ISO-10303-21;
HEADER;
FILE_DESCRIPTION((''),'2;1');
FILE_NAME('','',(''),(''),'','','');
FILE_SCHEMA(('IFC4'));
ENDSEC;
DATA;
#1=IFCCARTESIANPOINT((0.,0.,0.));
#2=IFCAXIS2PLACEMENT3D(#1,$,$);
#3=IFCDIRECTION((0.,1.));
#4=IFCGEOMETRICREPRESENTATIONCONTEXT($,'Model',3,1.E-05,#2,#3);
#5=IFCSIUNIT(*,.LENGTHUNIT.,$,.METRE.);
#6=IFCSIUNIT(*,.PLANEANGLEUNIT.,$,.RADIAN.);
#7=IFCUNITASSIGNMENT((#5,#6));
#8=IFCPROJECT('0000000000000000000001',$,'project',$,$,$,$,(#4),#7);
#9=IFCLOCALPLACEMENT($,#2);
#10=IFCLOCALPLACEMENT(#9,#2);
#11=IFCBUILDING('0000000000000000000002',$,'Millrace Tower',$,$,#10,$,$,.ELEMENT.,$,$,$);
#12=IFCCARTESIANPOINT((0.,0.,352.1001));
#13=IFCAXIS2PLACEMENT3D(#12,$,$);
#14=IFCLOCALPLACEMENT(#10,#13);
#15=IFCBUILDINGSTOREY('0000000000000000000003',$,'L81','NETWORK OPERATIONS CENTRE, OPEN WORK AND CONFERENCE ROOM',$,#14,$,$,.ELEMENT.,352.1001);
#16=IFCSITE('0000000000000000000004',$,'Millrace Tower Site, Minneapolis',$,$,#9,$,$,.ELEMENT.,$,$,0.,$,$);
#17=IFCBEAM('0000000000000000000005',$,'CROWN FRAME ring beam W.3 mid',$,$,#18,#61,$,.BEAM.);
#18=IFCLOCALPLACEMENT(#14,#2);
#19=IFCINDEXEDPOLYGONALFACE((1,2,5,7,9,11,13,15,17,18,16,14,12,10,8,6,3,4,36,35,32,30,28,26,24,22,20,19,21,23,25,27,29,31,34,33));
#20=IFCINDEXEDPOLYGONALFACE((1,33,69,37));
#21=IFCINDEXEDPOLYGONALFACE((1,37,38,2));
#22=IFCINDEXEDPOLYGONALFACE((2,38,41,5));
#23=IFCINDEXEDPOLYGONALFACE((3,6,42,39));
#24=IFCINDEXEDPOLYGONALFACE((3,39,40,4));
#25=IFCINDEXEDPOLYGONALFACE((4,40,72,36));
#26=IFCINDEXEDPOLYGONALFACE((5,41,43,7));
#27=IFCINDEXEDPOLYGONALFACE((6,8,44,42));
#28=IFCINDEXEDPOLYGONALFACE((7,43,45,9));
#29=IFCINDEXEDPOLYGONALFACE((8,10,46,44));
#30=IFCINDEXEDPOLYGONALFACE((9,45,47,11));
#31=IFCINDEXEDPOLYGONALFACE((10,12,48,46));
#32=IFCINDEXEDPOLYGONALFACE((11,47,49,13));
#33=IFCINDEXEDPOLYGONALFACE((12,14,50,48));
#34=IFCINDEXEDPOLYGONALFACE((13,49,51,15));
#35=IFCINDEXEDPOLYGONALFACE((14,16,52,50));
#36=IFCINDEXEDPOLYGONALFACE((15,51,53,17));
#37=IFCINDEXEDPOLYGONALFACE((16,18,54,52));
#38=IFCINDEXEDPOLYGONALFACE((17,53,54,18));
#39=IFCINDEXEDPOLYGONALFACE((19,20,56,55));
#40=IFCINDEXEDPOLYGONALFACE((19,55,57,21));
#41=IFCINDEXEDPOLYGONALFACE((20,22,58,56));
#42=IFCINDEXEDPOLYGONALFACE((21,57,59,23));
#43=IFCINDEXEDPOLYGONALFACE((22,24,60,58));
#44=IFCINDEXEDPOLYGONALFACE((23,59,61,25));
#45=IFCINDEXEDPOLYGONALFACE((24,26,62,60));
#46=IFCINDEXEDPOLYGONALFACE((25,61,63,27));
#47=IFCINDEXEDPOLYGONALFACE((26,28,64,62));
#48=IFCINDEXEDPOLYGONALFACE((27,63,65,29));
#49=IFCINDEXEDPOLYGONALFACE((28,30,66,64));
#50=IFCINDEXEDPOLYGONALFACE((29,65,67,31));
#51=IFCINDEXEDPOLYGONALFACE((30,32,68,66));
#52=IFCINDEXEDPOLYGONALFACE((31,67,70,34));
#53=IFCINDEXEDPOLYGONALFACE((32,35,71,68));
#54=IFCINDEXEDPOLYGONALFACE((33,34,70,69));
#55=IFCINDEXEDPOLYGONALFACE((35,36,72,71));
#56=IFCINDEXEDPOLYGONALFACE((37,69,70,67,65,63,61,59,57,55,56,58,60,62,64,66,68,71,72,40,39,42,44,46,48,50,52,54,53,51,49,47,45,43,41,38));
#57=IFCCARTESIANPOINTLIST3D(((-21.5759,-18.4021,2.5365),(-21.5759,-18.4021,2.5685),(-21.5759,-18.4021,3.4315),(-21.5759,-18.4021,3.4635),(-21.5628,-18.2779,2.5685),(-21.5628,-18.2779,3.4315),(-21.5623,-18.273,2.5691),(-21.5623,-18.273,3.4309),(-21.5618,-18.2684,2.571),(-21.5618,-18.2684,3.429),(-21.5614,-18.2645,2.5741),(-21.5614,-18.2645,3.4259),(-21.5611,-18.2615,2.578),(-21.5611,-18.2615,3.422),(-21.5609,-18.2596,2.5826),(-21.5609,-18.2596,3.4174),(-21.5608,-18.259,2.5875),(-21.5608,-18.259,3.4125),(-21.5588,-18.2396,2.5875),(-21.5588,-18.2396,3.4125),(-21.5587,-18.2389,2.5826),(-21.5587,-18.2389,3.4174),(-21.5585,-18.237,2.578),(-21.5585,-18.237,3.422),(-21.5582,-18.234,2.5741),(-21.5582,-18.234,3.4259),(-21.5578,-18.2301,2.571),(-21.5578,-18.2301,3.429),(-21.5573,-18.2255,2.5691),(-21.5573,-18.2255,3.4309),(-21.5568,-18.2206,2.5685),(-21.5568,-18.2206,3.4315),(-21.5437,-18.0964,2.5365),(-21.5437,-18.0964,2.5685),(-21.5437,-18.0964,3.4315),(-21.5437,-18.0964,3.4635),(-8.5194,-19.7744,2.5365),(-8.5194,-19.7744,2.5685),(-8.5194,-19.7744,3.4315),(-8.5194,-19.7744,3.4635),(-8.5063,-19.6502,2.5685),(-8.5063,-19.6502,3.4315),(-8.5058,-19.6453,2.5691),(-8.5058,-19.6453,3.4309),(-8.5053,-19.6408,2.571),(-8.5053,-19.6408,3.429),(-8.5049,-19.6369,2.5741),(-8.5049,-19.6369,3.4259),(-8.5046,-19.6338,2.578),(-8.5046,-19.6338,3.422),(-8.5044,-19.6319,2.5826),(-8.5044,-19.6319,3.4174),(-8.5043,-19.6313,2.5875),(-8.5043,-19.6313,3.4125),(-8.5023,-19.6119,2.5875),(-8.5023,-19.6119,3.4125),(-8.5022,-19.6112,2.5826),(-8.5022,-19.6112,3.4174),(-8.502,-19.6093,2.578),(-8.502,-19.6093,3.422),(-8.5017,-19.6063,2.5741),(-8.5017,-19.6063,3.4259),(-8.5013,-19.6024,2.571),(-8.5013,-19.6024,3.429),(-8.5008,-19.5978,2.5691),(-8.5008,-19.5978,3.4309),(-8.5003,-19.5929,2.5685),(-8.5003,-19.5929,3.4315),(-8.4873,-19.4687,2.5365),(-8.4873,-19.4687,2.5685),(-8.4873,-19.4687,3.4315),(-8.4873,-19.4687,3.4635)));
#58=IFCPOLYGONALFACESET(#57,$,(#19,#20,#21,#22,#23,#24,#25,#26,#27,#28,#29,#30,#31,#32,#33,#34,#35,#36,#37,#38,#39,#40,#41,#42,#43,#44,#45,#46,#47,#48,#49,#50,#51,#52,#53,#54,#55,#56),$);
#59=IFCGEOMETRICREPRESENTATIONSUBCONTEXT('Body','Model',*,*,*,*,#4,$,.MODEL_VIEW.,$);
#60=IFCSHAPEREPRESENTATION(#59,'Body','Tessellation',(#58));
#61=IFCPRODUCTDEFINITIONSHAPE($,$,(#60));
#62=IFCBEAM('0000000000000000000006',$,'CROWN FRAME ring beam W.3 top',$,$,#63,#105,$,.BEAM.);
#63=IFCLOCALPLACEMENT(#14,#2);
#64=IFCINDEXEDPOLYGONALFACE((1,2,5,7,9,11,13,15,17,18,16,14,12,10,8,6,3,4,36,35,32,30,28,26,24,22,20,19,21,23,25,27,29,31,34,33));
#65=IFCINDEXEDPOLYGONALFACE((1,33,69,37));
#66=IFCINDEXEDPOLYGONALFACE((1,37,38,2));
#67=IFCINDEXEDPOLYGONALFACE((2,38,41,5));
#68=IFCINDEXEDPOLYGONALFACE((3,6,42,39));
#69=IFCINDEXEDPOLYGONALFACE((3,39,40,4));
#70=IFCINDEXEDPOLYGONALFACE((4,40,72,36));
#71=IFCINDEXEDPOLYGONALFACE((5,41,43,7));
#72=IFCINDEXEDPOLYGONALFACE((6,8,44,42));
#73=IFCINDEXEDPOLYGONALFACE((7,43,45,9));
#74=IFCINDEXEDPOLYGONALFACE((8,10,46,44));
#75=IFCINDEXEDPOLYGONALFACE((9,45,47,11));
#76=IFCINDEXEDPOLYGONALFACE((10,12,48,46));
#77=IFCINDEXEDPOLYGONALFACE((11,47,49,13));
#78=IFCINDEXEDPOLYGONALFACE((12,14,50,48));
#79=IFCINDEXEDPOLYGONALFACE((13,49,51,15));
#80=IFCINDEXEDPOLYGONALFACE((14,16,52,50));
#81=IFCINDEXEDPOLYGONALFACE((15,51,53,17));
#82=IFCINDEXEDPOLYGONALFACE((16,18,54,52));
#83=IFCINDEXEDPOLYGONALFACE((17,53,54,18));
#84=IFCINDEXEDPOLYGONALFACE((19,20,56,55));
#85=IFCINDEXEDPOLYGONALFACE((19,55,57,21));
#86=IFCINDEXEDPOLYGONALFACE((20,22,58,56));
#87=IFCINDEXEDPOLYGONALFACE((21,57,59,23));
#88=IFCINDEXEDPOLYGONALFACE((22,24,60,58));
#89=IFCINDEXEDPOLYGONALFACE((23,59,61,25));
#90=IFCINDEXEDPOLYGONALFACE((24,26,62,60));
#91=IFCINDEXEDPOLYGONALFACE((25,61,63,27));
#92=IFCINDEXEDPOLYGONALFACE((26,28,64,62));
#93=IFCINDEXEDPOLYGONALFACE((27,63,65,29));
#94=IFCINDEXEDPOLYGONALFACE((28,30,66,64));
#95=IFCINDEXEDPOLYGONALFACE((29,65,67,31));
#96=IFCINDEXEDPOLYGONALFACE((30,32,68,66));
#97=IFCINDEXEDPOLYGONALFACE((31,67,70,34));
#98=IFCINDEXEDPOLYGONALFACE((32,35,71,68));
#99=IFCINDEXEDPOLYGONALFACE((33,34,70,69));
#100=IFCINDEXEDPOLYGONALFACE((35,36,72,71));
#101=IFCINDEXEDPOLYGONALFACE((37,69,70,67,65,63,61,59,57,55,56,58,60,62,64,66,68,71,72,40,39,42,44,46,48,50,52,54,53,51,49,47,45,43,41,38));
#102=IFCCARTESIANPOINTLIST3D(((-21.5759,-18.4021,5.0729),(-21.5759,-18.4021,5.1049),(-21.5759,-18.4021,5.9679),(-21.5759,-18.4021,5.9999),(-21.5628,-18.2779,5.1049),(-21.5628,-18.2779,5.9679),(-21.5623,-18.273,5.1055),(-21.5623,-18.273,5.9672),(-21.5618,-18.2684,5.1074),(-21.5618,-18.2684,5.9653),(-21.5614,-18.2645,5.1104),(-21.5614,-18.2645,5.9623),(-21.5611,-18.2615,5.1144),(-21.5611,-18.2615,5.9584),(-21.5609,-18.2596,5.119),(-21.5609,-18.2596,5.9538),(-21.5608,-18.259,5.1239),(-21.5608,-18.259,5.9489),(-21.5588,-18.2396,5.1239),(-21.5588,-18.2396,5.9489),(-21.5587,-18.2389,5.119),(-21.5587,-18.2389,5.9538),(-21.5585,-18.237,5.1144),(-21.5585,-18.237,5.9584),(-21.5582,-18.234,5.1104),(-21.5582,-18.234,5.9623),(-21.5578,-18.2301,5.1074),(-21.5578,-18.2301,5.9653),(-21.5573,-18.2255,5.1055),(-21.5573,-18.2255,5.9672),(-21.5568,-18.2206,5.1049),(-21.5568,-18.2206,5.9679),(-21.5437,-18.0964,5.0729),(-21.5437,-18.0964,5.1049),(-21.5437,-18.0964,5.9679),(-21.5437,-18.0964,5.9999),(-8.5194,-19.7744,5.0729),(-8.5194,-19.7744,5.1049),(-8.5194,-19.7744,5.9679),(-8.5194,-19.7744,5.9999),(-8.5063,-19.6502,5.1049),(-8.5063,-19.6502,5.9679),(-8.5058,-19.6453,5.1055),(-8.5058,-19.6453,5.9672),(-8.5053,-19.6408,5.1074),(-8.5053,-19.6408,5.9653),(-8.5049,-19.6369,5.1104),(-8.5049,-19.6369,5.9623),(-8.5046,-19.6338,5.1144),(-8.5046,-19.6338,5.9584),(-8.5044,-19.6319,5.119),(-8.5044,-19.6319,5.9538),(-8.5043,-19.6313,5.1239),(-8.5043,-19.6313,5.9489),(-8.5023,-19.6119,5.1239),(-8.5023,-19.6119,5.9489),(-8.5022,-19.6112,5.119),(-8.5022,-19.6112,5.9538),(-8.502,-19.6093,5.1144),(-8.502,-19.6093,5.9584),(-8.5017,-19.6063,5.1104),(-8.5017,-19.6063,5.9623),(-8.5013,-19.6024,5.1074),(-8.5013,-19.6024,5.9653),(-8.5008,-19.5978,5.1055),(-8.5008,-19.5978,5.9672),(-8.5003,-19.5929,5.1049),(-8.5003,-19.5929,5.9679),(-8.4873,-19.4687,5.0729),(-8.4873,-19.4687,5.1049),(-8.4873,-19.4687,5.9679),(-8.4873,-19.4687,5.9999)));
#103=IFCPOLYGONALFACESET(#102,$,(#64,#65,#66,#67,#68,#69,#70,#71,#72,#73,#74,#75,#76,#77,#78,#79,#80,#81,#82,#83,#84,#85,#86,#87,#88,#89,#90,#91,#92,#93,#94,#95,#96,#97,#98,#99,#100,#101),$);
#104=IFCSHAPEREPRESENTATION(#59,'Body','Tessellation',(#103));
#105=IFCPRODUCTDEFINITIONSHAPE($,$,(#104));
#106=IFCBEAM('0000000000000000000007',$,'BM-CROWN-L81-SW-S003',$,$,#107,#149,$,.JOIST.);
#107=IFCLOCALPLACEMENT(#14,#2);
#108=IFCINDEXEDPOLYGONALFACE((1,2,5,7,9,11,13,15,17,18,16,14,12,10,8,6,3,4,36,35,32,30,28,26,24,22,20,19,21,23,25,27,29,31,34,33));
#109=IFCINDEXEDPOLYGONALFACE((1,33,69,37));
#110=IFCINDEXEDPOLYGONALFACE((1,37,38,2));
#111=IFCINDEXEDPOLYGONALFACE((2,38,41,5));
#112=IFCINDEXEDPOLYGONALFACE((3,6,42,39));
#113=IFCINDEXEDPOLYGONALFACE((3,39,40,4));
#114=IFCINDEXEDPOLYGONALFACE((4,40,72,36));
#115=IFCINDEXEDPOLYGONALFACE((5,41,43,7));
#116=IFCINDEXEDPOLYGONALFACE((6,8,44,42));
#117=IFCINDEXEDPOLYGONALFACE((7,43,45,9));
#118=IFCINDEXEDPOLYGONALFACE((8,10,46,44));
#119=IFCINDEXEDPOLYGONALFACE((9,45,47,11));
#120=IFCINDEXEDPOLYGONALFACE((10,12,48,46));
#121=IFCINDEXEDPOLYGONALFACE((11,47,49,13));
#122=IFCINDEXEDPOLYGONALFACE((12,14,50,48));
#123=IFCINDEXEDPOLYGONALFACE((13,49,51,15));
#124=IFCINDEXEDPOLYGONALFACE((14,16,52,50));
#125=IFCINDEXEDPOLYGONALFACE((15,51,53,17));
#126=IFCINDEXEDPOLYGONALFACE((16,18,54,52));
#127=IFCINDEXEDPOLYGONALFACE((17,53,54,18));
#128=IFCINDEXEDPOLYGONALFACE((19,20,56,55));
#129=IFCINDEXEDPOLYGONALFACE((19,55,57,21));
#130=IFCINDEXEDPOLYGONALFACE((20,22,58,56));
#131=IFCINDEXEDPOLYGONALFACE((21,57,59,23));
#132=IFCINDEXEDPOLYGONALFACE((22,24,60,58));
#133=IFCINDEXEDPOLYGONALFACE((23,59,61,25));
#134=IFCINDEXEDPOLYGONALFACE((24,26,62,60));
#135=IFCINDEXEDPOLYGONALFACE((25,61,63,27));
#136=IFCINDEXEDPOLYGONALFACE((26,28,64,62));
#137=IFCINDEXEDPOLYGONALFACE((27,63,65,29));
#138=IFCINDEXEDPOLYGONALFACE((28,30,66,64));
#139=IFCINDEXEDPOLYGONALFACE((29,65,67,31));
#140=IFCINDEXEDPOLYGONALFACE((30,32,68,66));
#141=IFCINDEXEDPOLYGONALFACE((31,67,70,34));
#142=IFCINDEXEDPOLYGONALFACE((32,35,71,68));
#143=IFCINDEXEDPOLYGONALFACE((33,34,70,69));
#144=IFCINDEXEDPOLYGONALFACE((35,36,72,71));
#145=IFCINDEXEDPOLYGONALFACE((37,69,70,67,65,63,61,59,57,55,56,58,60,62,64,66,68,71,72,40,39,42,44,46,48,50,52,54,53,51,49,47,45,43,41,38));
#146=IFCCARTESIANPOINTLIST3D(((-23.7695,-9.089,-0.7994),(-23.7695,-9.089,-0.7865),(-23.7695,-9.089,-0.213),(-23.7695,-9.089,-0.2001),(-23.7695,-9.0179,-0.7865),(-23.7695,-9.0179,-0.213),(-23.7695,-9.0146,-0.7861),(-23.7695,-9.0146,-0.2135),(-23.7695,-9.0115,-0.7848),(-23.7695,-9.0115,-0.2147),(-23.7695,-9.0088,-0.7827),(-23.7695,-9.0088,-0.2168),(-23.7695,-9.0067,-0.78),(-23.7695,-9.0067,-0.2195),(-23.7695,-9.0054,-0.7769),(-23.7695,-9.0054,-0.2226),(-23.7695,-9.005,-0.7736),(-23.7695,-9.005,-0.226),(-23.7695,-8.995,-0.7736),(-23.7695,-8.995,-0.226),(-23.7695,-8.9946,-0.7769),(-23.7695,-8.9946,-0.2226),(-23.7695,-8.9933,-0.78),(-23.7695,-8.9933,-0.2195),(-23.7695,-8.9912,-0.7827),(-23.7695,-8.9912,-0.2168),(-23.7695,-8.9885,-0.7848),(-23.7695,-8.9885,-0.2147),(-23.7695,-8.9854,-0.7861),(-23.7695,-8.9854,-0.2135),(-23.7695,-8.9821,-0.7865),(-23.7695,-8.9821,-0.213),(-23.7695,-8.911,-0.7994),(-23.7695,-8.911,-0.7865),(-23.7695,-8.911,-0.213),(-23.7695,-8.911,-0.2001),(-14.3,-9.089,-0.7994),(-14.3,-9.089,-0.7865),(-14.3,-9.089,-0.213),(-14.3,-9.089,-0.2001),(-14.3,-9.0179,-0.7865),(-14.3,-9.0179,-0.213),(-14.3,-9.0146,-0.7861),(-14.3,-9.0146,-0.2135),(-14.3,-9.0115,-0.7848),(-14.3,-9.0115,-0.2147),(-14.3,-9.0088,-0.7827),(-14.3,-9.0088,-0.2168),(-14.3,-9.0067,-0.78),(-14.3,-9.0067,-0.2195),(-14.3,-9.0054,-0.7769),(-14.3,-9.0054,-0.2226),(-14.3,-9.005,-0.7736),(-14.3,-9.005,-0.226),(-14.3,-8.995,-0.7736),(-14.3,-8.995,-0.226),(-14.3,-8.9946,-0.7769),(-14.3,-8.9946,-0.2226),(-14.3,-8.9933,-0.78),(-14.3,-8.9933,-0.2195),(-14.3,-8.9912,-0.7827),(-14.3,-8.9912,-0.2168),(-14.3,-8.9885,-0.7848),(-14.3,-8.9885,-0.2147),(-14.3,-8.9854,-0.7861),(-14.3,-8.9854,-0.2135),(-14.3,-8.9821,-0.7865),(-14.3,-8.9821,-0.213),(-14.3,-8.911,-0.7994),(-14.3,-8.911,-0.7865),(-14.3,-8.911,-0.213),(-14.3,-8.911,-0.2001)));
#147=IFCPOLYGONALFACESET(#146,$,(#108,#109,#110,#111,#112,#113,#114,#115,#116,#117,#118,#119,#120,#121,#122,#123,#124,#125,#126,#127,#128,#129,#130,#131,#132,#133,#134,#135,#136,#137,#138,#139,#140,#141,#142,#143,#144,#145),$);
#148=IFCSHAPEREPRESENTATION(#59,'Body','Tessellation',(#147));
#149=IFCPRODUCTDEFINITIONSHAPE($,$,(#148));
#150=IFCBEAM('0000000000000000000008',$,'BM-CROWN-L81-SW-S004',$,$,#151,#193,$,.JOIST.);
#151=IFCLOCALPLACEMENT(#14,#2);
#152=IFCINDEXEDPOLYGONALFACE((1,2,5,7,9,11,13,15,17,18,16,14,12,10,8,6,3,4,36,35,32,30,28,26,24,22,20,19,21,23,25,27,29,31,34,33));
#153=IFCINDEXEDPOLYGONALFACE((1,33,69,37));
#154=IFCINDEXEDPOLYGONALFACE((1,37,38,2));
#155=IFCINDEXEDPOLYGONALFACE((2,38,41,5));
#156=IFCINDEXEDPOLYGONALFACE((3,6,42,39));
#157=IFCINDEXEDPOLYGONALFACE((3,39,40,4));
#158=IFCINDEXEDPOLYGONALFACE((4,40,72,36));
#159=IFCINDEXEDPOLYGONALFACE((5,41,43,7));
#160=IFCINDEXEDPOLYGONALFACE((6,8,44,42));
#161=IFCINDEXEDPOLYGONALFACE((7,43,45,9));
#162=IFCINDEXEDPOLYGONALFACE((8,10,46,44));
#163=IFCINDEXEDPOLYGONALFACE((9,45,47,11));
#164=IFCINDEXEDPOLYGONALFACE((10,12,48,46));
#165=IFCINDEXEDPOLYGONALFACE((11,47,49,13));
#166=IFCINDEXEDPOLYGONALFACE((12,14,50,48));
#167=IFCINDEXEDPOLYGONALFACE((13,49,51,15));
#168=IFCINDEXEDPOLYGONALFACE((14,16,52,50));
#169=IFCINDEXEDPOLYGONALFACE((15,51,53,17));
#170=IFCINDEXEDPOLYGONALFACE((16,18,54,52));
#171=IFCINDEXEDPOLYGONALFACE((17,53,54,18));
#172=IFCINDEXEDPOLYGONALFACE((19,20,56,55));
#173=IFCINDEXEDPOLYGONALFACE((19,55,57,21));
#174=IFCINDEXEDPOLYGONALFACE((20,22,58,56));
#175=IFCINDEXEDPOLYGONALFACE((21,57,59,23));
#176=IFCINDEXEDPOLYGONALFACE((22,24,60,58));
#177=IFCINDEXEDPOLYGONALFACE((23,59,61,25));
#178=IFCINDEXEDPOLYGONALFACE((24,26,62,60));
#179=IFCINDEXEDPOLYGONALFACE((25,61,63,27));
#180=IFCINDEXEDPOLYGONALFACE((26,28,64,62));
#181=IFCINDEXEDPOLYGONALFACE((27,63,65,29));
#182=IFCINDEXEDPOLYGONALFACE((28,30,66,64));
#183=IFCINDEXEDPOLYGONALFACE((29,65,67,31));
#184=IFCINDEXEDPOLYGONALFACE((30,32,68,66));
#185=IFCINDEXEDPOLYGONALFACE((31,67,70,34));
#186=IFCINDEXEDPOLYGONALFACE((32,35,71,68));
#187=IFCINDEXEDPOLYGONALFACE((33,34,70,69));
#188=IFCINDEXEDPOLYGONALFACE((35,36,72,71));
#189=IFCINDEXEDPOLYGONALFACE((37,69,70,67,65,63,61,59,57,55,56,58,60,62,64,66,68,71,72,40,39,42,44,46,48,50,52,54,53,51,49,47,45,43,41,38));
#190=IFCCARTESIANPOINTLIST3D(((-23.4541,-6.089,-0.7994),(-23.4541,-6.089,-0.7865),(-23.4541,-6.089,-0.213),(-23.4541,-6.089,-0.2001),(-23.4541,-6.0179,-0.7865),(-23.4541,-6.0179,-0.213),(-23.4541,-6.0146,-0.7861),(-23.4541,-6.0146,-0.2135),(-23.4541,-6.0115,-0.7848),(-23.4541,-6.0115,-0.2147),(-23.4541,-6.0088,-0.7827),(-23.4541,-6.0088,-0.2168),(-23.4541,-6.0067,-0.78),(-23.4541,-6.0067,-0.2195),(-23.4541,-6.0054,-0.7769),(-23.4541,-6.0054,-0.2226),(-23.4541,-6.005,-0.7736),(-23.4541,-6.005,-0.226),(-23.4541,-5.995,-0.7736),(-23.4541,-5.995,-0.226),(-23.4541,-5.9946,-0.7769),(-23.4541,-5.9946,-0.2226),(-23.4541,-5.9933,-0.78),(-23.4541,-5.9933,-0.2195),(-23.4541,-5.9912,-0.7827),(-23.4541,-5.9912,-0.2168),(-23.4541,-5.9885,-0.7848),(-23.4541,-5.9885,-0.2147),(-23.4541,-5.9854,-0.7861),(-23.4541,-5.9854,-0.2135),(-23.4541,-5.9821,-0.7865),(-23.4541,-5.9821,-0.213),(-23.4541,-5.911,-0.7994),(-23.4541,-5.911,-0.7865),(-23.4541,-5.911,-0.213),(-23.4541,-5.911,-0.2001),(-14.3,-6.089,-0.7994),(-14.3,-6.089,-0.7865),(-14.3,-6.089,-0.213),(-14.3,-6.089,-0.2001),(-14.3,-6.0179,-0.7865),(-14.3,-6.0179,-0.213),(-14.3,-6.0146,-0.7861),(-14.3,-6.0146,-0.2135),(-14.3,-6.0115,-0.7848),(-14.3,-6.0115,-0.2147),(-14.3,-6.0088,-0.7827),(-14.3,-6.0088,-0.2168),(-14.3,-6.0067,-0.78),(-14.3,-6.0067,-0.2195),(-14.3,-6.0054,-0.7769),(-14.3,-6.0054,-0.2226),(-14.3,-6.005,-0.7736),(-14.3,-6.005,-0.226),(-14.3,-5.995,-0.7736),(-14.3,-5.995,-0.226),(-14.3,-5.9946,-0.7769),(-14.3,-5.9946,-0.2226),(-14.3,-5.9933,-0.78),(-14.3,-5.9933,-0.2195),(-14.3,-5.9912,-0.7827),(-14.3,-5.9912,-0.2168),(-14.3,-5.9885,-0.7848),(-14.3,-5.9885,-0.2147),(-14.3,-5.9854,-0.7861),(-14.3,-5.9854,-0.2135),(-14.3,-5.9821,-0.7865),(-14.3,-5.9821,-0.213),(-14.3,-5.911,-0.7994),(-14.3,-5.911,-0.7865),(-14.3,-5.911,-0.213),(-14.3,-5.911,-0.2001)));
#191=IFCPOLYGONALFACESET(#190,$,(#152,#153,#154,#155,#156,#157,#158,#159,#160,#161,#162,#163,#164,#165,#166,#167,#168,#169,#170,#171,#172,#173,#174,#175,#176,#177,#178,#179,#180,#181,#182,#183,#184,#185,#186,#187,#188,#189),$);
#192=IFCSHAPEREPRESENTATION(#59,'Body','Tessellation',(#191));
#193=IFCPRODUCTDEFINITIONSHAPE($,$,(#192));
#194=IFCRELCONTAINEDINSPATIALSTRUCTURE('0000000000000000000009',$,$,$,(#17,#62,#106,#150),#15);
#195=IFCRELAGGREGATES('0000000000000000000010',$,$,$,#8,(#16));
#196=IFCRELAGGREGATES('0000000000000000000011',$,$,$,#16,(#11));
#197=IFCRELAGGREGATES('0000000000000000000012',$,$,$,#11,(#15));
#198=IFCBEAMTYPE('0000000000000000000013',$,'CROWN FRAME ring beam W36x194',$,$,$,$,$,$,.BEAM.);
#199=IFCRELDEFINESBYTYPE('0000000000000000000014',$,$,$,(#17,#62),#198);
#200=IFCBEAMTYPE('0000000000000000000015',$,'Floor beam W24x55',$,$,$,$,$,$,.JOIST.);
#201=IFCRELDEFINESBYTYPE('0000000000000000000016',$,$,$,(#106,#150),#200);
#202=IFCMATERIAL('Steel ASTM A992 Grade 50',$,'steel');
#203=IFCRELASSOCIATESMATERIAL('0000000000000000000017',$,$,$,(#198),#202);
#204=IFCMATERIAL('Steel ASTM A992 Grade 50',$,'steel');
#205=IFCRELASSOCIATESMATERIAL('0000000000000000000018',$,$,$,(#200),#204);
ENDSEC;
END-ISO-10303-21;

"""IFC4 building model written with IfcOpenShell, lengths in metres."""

from ifc_helpers import new_model, si_unit, direction, frame, origin, origin_2d, place, context, subcontext, project, spatial, i_section, extrude, material, material_profile, profile_set, type_object, element, save


model = new_model("IFC4")

# Units and contexts
model_context = context("Model", 3, precision=1e-05, world=origin(), true_north=direction((0.0, 1.0)))
body_context = subcontext(model_context, "Body", "Model", "MODEL_VIEW")
ifc_project = project(units=[si_unit("LENGTHUNIT", "METRE"), si_unit("PLANEANGLEUNIT", "RADIAN")], contexts=[model_context])

# Site, building, storey
site_placement = place(None, origin())
site = spatial("IfcSite", under=ifc_project, at=site_placement, Name="Millrace Tower Site, Minneapolis", CompositionType="ELEMENT", RefElevation=0.0)
building_placement = place(site_placement, origin())
building = spatial("IfcBuilding", under=site, at=building_placement, Name="Millrace Tower", CompositionType="ELEMENT")
storey_placement = place(building_placement, frame((0.0, 0.0, 352.1001)))
storey = spatial("IfcBuildingStorey", under=building, at=storey_placement, Name="L81", Description="NETWORK OPERATIONS CENTRE, OPEN WORK AND CONFERENCE ROOM", CompositionType="ELEMENT", Elevation=352.1001)

# Beams
ifc_material_1 = material(Name="Steel ASTM A992 Grade 50", Category="steel")
ifc_material_profile_1 = material_profile(ifc_material_1, i_section(OverallWidth=0.3074, OverallDepth=0.927, WebThickness=0.0195, FlangeThickness=0.032, FilletRadius=0.019, at=origin_2d()))
ifc_profile_set_1 = profile_set([ifc_material_profile_1], Name="Steel ASTM A992 Grade 50")
beam_type_1 = type_object("IfcBeamType", Name="CROWN FRAME ring beam W36x194", PredefinedType="BEAM", material=ifc_profile_set_1)
for number, where, z_axis, x_axis, name in (
    (1, (-21.5598, -18.2493, 3.0), (0.994522, -0.104531, 0.0), (0.104531, 0.994522, 0.0), "CROWN FRAME ring beam W.3 mid"),
    (2, (-21.5598, -18.2493, 5.5364), (0.994522, -0.104531, 0.0), (0.104531, 0.994522, 0.0), "CROWN FRAME ring beam W.3 top"),
):
    element("IfcBeam", number, at=place(storey_placement, frame(where, z_axis=z_axis, x_axis=x_axis)), inside=storey, type_object=beam_type_1, Name=name, PredefinedType="BEAM", context=body_context, shape_type="SweptSolid", body=[
        extrude(i_section(OverallWidth=0.3074, OverallDepth=0.927, WebThickness=0.0195, FlangeThickness=0.032, FilletRadius=0.019, at=origin_2d()), origin(), (0.0, 0.0, 1.0), 13.1284),
    ])
ifc_material_2 = material(Name="Steel ASTM A992 Grade 50", Category="steel")
ifc_material_profile_2 = material_profile(ifc_material_2, i_section(OverallWidth=0.178, OverallDepth=0.5994, WebThickness=0.01, FlangeThickness=0.0129, FilletRadius=0.0129, at=origin_2d()))
ifc_profile_set_2 = profile_set([ifc_material_profile_2], Name="Steel ASTM A992 Grade 50")
beam_type_2 = type_object("IfcBeamType", Name="Floor beam W24x55", PredefinedType="JOIST", material=ifc_profile_set_2)
beam_1_placement = place(storey_placement, frame((-23.7695, -9.0, -0.4998), z_axis=(1.0, 0.0, 0.0), x_axis=(0.0, 1.0, 0.0)))
element("IfcBeam", 3, at=beam_1_placement, inside=storey, type_object=beam_type_2, Name="BM-CROWN-L81-SW-S003", PredefinedType="JOIST", context=body_context, shape_type="SweptSolid", body=[
    extrude(i_section(OverallWidth=0.178, OverallDepth=0.5994, WebThickness=0.01, FlangeThickness=0.0129, FilletRadius=0.0129, at=origin_2d()), origin(), (0.0, 0.0, 1.0), 9.4695),
])
beam_2_placement = place(storey_placement, frame((-23.4541, -6.0, -0.4998), z_axis=(1.0, 0.0, 0.0), x_axis=(0.0, 1.0, 0.0)))
element("IfcBeam", 4, at=beam_2_placement, inside=storey, type_object=beam_type_2, Name="BM-CROWN-L81-SW-S004", PredefinedType="JOIST", context=body_context, shape_type="SweptSolid", body=[
    extrude(i_section(OverallWidth=0.178, OverallDepth=0.5994, WebThickness=0.01, FlangeThickness=0.0129, FilletRadius=0.0129, at=origin_2d()), origin(), (0.0, 0.0, 1.0), 9.1541),
])

save(model, "model.ifc")
